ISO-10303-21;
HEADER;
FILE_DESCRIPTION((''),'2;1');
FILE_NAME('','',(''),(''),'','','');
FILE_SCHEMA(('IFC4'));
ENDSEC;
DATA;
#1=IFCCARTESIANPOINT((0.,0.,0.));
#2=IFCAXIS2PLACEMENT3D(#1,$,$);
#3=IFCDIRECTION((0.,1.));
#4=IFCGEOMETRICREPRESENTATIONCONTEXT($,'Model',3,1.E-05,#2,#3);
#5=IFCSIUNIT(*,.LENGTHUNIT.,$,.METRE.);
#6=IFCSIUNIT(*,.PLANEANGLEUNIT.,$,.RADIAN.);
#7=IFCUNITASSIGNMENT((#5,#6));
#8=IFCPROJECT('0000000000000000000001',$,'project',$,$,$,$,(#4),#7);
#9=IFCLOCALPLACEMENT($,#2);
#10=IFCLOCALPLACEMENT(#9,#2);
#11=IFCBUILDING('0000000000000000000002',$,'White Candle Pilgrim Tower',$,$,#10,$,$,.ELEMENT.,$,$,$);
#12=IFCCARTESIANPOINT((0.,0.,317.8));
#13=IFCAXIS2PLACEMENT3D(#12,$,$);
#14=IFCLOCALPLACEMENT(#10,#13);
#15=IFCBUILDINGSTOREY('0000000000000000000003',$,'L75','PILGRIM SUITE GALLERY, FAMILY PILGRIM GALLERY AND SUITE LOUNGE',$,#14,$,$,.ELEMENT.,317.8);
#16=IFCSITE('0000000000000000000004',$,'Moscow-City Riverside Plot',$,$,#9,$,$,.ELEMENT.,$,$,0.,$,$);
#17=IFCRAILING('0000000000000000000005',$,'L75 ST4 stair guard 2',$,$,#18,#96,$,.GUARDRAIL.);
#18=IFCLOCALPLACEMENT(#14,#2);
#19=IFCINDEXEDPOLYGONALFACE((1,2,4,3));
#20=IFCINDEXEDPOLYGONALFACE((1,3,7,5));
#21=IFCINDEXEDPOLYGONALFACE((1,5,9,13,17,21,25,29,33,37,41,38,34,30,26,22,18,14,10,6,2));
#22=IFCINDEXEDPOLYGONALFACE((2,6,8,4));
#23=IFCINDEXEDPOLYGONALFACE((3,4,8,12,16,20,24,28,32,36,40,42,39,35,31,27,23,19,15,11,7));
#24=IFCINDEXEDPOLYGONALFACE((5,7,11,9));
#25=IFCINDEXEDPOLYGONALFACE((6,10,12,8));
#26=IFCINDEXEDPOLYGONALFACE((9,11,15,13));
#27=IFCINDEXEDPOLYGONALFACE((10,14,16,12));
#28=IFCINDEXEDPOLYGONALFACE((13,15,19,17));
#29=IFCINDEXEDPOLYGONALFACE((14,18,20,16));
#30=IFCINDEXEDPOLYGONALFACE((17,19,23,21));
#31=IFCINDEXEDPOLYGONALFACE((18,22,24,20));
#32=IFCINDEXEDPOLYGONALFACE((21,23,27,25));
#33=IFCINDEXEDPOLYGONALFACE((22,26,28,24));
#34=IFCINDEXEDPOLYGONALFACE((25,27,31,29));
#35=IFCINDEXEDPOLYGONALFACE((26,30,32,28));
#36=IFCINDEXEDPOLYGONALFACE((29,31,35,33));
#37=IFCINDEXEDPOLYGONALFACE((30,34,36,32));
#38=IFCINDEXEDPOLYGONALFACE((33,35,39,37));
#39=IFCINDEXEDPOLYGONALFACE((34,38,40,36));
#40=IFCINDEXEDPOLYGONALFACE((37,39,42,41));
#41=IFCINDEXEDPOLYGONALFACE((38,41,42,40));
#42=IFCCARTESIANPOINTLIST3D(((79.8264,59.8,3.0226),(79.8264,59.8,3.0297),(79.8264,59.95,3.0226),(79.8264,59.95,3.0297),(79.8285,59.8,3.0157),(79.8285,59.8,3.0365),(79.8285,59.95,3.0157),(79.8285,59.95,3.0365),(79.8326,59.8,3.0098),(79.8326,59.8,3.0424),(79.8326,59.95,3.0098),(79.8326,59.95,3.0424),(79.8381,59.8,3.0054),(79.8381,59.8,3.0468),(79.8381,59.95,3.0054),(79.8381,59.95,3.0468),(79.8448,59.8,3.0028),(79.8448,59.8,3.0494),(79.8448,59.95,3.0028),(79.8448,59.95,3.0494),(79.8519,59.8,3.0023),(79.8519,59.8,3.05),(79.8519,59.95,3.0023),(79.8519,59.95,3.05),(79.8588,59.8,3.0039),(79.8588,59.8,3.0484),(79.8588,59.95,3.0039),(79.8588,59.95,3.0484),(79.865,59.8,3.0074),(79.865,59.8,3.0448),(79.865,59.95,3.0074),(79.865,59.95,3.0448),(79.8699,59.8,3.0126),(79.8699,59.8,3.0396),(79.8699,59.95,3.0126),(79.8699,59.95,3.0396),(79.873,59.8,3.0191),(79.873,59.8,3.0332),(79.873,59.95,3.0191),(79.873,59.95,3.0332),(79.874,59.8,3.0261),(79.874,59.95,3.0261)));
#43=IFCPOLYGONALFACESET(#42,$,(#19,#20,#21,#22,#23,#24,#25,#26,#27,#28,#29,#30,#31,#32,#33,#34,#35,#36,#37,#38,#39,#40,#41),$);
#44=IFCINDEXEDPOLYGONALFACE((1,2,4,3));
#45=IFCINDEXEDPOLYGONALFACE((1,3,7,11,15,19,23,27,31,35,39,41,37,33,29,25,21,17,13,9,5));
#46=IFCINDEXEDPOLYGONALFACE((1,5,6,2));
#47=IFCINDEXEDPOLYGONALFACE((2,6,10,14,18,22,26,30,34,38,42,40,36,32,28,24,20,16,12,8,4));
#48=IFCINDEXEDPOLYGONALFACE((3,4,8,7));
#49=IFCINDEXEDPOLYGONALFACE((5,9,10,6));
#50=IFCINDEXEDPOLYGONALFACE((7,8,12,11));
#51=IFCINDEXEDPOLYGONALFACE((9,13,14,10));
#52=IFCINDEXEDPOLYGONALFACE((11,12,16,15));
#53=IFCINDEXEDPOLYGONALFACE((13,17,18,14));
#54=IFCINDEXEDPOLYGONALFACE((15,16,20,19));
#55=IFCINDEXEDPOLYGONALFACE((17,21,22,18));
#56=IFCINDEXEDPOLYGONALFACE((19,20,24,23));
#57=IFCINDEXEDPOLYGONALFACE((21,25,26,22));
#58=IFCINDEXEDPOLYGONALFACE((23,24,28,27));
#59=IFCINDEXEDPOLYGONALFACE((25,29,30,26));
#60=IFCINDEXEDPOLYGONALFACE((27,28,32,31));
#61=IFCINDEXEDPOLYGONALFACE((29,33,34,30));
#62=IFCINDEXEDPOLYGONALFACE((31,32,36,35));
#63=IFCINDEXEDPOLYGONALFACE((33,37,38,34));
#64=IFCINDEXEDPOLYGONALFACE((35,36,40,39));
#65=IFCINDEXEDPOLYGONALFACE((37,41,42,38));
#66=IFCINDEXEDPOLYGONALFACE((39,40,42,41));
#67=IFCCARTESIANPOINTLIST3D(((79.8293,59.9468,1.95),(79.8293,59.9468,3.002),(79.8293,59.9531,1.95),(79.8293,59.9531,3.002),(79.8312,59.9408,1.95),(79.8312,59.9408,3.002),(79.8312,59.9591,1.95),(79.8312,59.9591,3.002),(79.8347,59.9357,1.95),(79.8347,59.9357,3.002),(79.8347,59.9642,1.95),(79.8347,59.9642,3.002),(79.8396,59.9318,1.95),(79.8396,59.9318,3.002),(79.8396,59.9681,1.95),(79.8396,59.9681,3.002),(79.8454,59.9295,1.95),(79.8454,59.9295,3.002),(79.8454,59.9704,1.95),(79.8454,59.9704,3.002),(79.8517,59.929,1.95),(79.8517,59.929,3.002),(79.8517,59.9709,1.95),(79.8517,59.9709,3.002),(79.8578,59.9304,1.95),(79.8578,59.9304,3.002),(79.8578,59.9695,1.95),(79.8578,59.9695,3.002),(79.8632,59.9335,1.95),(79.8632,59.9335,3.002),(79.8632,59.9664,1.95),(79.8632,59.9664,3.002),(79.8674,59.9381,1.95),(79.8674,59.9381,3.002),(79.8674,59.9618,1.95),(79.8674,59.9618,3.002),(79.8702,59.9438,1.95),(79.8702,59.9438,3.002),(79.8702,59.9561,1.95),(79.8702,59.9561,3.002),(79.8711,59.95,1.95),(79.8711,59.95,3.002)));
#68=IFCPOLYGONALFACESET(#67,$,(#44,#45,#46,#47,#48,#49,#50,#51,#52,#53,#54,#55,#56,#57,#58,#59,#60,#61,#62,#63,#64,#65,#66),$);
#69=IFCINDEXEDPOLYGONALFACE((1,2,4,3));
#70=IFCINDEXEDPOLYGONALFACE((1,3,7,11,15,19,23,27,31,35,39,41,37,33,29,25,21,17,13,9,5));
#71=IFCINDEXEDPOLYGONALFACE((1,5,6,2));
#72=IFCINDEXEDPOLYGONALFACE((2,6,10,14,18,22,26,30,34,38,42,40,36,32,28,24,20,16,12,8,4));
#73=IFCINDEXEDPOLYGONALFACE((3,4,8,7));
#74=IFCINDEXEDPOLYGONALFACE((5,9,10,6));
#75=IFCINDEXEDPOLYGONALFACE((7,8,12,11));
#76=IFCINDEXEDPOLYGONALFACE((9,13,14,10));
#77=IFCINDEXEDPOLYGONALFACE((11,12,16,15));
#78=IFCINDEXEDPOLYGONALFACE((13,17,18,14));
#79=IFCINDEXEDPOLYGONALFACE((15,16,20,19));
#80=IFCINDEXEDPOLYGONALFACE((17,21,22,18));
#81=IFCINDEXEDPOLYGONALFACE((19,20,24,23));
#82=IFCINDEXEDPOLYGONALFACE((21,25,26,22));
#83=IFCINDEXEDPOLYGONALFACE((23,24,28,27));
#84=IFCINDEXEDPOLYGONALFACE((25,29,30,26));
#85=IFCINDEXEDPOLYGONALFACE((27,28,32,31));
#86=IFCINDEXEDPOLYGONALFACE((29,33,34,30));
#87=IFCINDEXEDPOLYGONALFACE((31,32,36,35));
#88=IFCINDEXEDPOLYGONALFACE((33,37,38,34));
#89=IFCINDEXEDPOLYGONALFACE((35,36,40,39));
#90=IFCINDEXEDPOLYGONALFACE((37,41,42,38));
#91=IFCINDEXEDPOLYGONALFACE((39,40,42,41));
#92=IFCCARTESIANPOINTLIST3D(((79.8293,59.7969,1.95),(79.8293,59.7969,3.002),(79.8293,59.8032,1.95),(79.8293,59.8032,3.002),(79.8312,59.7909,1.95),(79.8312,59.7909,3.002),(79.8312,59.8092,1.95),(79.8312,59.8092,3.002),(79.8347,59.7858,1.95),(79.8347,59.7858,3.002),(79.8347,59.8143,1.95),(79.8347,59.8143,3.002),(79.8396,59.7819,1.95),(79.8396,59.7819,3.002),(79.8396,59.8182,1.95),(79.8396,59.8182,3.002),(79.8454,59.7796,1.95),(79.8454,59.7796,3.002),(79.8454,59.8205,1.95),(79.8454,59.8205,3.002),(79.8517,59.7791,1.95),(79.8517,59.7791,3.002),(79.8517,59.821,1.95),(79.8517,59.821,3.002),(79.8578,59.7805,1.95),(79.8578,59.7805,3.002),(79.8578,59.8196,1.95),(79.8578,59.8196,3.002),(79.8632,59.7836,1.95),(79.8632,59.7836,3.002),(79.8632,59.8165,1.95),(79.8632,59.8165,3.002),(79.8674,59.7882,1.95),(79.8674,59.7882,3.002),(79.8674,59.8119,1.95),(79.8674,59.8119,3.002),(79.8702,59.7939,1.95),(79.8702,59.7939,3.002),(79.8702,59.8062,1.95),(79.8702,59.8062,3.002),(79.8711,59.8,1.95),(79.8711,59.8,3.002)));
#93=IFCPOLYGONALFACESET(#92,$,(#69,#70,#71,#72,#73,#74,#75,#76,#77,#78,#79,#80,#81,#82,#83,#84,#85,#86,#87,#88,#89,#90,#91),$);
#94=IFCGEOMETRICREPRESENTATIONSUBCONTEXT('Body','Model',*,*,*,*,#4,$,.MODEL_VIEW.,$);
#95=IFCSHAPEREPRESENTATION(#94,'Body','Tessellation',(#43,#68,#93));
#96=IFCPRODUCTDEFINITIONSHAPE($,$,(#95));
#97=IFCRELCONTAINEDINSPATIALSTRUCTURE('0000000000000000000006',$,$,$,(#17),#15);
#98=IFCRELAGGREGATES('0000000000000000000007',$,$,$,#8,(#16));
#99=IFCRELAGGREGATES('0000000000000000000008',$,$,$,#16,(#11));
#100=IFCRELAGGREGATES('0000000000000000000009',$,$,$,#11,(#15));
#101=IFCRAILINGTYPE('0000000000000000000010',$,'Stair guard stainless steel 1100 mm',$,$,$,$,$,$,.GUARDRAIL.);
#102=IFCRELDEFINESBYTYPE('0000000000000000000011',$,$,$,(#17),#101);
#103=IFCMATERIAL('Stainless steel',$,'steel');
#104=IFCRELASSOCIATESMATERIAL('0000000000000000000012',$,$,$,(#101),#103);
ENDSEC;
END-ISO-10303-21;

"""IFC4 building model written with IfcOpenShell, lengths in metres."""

from ifc_helpers import new_model, si_unit, direction, frame, origin, origin_2d, place, context, subcontext, project, spatial, circle, extrude, material, type_object, element, save


model = new_model("IFC4")

# Units and contexts
model_context = context("Model", 3, precision=1e-05, world=origin(), true_north=direction((0.0, 1.0)))
body_context = subcontext(model_context, "Body", "Model", "MODEL_VIEW")
ifc_project = project(units=[si_unit("LENGTHUNIT", "METRE"), si_unit("PLANEANGLEUNIT", "RADIAN")], contexts=[model_context])

# Site, building, storey
site_placement = place(None, origin())
site = spatial("IfcSite", under=ifc_project, at=site_placement, Name="Moscow-City Riverside Plot", CompositionType="ELEMENT", RefElevation=0.0)
building_placement = place(site_placement, origin())
building = spatial("IfcBuilding", under=site, at=building_placement, Name="White Candle Pilgrim Tower", CompositionType="ELEMENT")
storey_placement = place(building_placement, frame((0.0, 0.0, 317.8)))
storey = spatial("IfcBuildingStorey", under=building, at=storey_placement, Name="L75", Description="PILGRIM SUITE GALLERY, FAMILY PILGRIM GALLERY AND SUITE LOUNGE", CompositionType="ELEMENT", Elevation=317.8)

# Railing
ifc_material_1 = material(Name="Stainless steel", Category="steel")
railing_type = type_object("IfcRailingType", Name="Stair guard stainless steel 1100 mm", PredefinedType="GUARDRAIL", material=ifc_material_1)
railing_placement = place(storey_placement, frame((79.8501, 59.95, 1.95)))
element("IfcRailing", 1, at=railing_placement, inside=storey, type_object=railing_type, Name="L75 ST4 stair guard 2", PredefinedType="GUARDRAIL", context=body_context, shape_type="SweptSolid", body=[
    extrude(circle(Radius=0.0239, at=origin_2d()), frame((0.0, 0.0, 1.0762), z_axis=(0.0, -1.0, 0.0), x_axis=(1.0, 0.0, 0.0)), (0.0, 0.0, 1.0), 0.1499),
    extrude(circle(Radius=0.021, at=origin_2d()), origin(), (0.0, 0.0, 1.0), 1.052),
    extrude(circle(Radius=0.021, at=origin_2d()), frame((0.0, -0.1499, 0.0)), (0.0, 0.0, 1.0), 1.052),
])

save(model, "model.ifc")
